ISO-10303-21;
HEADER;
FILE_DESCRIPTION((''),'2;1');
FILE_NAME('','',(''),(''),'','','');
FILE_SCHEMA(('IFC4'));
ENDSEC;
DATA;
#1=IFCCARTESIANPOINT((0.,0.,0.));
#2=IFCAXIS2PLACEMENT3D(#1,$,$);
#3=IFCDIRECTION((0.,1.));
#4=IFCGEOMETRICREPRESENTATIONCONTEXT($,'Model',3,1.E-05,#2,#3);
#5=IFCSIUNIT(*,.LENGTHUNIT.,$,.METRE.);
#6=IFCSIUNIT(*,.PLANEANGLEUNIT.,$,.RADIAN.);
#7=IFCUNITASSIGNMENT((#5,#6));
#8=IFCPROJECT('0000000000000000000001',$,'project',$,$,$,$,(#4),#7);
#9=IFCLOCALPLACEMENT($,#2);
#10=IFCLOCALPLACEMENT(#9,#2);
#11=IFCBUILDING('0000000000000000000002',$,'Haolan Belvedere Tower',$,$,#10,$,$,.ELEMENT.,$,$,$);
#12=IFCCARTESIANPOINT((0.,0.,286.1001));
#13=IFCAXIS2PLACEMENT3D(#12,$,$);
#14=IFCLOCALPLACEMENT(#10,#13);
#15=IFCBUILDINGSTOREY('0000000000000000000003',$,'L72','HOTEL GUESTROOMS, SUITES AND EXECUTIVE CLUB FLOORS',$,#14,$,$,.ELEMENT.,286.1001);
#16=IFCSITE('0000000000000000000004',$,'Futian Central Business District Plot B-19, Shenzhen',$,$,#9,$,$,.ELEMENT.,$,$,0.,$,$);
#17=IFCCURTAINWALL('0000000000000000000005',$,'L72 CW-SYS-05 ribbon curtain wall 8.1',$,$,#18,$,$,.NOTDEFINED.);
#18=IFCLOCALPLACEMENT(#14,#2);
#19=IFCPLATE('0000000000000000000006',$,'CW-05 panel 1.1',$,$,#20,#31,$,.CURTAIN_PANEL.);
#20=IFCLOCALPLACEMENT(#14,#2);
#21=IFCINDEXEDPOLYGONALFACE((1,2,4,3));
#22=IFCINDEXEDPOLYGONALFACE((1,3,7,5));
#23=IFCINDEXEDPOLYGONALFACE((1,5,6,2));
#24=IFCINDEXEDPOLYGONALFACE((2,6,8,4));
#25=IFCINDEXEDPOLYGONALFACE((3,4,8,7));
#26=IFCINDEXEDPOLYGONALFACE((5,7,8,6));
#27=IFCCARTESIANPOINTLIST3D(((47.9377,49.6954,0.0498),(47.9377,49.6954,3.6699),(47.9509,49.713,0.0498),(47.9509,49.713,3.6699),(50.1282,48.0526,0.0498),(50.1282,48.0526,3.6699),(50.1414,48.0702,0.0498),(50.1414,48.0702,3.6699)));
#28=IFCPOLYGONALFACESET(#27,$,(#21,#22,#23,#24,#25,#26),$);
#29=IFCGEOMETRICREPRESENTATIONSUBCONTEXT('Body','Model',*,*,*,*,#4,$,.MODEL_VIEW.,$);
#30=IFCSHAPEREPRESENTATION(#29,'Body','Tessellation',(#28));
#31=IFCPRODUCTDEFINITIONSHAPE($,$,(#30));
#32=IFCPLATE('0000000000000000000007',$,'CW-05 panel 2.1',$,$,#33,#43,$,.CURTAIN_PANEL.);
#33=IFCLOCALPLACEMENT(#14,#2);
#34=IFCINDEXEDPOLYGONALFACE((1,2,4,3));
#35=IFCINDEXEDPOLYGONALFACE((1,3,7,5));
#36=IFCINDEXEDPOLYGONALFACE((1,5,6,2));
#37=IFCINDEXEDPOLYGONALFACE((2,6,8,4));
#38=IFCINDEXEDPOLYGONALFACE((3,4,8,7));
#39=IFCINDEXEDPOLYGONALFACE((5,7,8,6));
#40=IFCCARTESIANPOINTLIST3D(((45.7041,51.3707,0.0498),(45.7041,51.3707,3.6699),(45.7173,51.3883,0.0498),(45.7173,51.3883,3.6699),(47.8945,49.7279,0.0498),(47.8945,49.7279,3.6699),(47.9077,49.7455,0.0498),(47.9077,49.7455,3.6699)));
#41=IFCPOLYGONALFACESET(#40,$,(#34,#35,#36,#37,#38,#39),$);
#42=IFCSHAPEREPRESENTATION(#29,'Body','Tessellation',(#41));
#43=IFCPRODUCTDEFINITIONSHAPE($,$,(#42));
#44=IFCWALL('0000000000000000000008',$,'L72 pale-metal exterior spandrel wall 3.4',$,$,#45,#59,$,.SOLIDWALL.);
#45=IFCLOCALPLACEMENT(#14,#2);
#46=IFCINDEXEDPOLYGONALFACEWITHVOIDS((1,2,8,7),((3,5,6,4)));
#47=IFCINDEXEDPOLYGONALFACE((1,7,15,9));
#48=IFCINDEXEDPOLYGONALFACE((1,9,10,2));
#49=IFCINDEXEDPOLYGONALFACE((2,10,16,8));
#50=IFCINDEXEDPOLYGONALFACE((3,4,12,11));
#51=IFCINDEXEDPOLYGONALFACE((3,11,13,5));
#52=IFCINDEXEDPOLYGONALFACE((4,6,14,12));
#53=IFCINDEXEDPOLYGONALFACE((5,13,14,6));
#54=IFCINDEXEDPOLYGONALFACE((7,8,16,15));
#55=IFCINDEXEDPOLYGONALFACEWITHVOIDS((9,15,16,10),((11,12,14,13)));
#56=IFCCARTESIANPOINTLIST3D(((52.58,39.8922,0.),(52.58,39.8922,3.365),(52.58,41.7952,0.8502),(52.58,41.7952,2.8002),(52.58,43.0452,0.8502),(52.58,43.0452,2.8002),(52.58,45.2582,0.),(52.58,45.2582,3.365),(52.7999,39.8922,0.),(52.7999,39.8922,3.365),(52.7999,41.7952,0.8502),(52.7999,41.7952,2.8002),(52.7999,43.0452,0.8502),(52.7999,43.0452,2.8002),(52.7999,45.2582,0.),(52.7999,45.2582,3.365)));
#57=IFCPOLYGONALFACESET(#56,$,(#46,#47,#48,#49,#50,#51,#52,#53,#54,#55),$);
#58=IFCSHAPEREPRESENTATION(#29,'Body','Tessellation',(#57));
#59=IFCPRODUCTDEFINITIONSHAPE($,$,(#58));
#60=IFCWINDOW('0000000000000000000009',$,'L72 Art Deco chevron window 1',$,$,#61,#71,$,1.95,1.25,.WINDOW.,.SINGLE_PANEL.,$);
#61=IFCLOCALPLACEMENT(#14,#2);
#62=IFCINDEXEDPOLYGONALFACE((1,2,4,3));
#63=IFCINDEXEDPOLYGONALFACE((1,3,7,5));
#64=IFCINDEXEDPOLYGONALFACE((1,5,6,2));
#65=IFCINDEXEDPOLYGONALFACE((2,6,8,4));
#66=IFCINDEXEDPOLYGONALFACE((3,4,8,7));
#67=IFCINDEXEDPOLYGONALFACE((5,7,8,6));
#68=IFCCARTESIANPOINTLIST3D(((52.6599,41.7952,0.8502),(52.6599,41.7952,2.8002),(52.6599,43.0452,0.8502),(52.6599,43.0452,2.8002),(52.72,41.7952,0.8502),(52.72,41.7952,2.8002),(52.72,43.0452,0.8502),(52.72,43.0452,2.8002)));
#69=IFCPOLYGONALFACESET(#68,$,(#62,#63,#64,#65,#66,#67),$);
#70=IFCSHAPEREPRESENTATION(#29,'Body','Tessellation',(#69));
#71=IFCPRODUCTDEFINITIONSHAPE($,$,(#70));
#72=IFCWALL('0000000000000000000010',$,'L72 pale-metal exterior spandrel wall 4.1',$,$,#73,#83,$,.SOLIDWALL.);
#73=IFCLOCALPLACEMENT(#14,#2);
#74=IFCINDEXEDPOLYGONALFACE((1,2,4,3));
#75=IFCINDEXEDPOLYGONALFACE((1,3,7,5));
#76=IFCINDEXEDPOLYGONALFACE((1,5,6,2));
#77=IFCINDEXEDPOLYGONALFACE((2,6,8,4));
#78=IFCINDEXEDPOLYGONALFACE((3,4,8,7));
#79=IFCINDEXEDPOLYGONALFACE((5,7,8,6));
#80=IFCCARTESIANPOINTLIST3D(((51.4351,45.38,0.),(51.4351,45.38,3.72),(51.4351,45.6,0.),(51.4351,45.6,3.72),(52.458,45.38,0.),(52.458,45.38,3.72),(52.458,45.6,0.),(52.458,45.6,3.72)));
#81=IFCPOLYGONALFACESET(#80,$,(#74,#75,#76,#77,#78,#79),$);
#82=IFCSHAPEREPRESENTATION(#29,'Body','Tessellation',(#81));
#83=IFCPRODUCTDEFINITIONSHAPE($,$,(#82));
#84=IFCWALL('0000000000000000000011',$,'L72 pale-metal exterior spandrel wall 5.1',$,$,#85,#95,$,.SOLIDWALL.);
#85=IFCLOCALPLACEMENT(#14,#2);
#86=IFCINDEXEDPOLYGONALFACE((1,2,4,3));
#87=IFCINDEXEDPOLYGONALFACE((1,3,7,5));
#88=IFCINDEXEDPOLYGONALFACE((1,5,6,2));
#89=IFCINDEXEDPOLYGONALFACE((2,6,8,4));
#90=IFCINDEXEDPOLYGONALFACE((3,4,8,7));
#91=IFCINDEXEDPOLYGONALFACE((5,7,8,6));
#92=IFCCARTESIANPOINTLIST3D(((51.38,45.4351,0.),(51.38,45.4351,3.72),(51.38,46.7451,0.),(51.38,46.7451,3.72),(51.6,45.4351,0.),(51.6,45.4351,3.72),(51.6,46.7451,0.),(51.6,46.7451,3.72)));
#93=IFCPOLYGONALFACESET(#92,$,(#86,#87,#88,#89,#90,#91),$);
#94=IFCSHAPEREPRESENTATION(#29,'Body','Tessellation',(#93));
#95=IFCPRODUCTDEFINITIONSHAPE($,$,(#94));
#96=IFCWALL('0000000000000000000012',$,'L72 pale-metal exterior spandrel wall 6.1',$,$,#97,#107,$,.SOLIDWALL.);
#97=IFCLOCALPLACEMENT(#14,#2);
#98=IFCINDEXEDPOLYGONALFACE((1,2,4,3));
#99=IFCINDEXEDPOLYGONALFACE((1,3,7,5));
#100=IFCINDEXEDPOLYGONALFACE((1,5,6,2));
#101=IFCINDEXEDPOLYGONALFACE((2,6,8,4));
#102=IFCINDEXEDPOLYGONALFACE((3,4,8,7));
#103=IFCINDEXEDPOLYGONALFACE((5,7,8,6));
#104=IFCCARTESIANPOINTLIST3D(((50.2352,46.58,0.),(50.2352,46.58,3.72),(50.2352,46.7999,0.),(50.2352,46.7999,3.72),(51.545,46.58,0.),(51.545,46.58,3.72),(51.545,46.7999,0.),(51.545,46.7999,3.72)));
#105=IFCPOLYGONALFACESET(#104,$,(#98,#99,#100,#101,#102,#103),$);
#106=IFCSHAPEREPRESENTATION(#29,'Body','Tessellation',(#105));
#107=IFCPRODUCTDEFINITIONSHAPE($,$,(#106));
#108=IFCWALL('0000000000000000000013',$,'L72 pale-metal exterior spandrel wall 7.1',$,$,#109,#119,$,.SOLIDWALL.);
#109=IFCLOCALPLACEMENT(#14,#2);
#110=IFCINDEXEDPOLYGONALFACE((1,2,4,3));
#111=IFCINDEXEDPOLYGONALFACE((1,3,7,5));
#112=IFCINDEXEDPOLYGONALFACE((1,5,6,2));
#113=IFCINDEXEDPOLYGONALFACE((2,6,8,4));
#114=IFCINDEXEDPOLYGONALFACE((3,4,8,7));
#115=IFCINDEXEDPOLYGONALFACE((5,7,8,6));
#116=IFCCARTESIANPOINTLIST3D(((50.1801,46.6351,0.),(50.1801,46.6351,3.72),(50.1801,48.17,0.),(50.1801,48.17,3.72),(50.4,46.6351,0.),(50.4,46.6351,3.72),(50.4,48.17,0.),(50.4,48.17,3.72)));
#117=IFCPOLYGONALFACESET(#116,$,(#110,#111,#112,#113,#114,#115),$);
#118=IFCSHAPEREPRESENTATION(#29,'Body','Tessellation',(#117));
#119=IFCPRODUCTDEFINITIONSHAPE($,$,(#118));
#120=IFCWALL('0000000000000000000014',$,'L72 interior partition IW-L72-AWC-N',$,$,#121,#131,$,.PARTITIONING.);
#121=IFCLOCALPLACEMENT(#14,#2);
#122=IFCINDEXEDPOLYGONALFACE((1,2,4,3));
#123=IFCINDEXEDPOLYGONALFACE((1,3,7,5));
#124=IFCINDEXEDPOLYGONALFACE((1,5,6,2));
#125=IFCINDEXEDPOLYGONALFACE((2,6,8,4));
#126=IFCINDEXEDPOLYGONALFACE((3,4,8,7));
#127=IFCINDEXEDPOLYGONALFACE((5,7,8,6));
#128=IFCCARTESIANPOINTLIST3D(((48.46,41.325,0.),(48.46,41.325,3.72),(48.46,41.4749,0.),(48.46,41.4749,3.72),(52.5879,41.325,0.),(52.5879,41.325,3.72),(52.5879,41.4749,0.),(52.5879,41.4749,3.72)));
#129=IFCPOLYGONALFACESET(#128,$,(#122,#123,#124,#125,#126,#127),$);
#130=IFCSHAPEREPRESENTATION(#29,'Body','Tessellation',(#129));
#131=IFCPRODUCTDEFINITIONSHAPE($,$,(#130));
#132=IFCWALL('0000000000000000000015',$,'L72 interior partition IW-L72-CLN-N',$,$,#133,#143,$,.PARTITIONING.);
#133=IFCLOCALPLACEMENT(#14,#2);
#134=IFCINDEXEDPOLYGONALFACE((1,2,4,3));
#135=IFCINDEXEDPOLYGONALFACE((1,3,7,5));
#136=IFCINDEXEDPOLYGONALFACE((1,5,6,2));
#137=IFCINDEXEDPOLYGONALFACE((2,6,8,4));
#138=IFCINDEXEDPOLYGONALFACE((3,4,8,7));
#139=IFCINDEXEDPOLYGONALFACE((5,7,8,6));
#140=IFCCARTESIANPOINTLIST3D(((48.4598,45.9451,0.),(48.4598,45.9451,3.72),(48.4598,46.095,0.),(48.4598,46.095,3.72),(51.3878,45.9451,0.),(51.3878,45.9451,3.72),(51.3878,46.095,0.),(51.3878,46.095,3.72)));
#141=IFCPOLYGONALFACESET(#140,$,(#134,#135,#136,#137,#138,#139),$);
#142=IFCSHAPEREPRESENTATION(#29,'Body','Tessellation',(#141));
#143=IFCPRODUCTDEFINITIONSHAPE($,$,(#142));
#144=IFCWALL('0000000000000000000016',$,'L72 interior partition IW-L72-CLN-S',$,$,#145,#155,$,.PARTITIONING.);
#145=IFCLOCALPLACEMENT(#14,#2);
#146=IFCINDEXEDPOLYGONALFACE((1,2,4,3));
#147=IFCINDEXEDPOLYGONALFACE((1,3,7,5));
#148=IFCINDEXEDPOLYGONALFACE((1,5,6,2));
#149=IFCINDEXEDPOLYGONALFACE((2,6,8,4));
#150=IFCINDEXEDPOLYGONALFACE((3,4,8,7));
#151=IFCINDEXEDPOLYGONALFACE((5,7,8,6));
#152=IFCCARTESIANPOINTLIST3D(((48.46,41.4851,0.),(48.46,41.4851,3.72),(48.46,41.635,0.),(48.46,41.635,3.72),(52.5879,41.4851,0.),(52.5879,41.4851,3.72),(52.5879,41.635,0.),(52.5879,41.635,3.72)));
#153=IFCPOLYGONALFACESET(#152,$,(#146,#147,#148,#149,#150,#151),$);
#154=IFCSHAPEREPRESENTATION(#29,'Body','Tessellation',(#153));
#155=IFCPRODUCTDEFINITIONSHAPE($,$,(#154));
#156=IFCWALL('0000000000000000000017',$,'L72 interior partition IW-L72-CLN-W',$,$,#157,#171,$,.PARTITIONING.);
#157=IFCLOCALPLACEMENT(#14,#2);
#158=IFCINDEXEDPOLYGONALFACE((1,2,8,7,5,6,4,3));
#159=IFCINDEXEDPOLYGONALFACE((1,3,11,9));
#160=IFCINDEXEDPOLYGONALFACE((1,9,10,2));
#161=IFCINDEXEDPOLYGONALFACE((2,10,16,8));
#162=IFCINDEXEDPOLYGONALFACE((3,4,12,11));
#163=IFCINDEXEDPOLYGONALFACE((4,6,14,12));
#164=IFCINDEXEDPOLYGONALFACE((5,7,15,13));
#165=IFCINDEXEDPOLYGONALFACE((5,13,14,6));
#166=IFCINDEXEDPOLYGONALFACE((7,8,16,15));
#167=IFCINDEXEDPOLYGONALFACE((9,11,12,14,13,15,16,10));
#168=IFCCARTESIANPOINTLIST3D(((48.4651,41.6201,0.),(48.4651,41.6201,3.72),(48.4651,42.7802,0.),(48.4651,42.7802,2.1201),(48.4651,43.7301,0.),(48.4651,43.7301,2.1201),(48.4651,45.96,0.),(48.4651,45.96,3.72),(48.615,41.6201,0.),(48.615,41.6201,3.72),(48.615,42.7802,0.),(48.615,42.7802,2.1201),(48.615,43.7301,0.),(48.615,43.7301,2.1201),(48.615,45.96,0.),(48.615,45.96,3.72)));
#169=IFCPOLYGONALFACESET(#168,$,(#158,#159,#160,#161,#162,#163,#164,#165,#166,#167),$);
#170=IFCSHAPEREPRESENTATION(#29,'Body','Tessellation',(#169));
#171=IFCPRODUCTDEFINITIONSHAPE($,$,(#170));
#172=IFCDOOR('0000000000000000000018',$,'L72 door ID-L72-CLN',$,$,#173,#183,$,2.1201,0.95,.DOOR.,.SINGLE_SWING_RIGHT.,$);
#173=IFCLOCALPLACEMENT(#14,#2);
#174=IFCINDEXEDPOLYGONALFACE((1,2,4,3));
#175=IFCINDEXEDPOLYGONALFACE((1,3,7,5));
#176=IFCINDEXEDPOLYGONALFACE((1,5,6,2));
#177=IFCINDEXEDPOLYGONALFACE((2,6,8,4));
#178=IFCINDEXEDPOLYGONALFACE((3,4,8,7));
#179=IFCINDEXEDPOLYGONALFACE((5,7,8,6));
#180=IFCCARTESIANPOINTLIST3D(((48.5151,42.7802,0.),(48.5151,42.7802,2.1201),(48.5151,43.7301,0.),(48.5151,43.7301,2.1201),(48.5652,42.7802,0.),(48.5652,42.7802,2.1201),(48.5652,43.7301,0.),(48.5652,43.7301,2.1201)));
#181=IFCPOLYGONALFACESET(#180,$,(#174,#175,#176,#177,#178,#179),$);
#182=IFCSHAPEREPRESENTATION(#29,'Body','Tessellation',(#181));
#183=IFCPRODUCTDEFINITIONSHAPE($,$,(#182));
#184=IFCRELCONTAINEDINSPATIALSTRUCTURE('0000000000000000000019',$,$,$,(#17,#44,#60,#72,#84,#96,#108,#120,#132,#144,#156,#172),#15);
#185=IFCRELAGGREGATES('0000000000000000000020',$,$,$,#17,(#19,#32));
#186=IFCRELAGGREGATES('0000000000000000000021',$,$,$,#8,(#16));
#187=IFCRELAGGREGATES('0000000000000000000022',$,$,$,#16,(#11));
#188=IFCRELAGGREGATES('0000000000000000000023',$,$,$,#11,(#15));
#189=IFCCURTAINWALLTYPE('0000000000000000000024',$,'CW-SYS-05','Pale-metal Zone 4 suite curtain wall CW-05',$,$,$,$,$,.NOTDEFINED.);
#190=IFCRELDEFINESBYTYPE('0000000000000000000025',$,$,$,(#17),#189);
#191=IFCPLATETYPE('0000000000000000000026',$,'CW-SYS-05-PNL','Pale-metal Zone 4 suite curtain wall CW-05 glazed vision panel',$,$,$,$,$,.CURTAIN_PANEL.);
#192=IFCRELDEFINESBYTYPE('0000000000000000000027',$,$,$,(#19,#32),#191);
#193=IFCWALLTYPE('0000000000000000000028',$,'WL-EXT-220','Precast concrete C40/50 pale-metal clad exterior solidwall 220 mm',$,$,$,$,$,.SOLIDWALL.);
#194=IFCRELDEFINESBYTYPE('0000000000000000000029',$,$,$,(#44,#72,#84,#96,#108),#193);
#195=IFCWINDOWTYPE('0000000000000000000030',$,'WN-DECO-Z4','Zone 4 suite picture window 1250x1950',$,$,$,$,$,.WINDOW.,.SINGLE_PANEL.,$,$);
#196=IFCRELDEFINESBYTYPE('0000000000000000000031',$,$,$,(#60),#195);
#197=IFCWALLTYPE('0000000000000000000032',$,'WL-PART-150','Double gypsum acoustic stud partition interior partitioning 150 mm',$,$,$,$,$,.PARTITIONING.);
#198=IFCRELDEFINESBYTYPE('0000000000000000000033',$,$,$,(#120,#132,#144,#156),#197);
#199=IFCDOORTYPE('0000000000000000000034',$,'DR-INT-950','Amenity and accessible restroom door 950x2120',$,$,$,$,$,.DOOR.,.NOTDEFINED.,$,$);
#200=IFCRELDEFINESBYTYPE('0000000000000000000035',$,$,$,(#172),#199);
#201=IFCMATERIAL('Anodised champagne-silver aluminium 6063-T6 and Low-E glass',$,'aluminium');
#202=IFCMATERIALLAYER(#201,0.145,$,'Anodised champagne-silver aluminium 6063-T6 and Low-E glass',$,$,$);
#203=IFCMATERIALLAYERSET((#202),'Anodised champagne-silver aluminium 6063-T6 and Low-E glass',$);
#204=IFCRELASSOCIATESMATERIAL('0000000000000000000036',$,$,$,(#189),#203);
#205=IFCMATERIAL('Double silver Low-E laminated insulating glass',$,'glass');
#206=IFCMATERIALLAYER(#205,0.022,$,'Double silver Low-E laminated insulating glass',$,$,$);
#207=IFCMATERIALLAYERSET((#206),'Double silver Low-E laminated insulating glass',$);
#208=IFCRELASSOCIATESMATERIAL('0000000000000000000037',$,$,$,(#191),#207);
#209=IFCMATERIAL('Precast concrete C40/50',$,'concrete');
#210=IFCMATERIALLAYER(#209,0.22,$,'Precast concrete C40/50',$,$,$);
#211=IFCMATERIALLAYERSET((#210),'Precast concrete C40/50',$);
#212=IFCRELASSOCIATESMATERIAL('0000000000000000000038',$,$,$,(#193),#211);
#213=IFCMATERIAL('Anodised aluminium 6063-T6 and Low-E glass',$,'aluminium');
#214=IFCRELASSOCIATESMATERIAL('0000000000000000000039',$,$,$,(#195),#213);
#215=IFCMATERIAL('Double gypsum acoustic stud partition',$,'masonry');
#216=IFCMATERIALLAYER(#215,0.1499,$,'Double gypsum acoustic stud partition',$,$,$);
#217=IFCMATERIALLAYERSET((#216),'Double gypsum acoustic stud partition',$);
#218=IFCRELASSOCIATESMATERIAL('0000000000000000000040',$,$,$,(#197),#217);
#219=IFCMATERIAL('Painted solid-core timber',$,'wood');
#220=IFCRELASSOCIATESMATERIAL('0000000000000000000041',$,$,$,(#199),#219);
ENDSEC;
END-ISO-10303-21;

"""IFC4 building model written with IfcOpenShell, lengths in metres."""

from ifc_helpers import new_model, si_unit, direction, frame, frame_2d, origin, origin_2d, place, context, subcontext, project, spatial, rectangle, extrude, material, layer, layer_set, type_object, element, fill, aggregate, save


model = new_model("IFC4")

# Units and contexts
model_context = context("Model", 3, precision=1e-05, world=origin(), true_north=direction((0.0, 1.0)))
body_context = subcontext(model_context, "Body", "Model", "MODEL_VIEW")
ifc_project = project(units=[si_unit("LENGTHUNIT", "METRE"), si_unit("PLANEANGLEUNIT", "RADIAN")], contexts=[model_context])

# Site, building, storey
site_placement = place(None, origin())
site = spatial("IfcSite", under=ifc_project, at=site_placement, Name="Futian Central Business District Plot B-19, Shenzhen", CompositionType="ELEMENT", RefElevation=0.0)
building_placement = place(site_placement, origin())
building = spatial("IfcBuilding", under=site, at=building_placement, Name="Haolan Belvedere Tower", CompositionType="ELEMENT")
storey_placement = place(building_placement, frame((0.0, 0.0, 286.1001)))
storey = spatial("IfcBuildingStorey", under=building, at=storey_placement, Name="L72", Description="HOTEL GUESTROOMS, SUITES AND EXECUTIVE CLUB FLOORS", CompositionType="ELEMENT", Elevation=286.1001)

# Curtain wall
ifc_material_1 = material(Name="Anodised champagne-silver aluminium 6063-T6 and Low-E glass", Category="aluminium")
ifc_layer_1 = layer(ifc_material_1, 0.145, Name="Anodised champagne-silver aluminium 6063-T6 and Low-E glass")
ifc_layer_set_1 = layer_set([ifc_layer_1], Name="Anodised champagne-silver aluminium 6063-T6 and Low-E glass")
curtain_wall_type = type_object("IfcCurtainWallType", Name="CW-SYS-05", Description="Pale-metal Zone 4 suite curtain wall CW-05", PredefinedType="NOTDEFINED", material=ifc_layer_set_1)
curtain_wall_1_placement = place(storey_placement, origin())
curtain_wall_1 = element("IfcCurtainWall", 1, at=curtain_wall_1_placement, inside=storey, type_object=curtain_wall_type, Name="L72 CW-SYS-05 ribbon curtain wall 8.1", PredefinedType="NOTDEFINED")

# Plates
ifc_material_2 = material(Name="Double silver Low-E laminated insulating glass", Category="glass")
ifc_layer_2 = layer(ifc_material_2, 0.022, Name="Double silver Low-E laminated insulating glass")
ifc_layer_set_2 = layer_set([ifc_layer_2], Name="Double silver Low-E laminated insulating glass")
plate_type = type_object("IfcPlateType", Name="CW-SYS-05-PNL", Description="Pale-metal Zone 4 suite curtain wall CW-05 glazed vision panel", PredefinedType="CURTAIN_PANEL", material=ifc_layer_set_2)
plate_1_placement = place(storey_placement, frame((49.0396, 48.8828, 0.0498), z_axis=(0.0, 0.0, 1.0), x_axis=(-0.799998, 0.600003, 0.0)))
plate_1 = element("IfcPlate", 2, at=plate_1_placement, type_object=plate_type, Name="CW-05 panel 1.1", PredefinedType="CURTAIN_PANEL", context=body_context, shape_type="SweptSolid", body=[
    extrude(rectangle(XDim=2.738, YDim=0.022, at=origin_2d()), origin(), (0.0, 0.0, 1.0), 3.6201),
])
plate_2_placement = place(storey_placement, frame((46.8059, 50.5581, 0.0498), z_axis=(0.0, 0.0, 1.0), x_axis=(-0.799998, 0.600003, 0.0)))
plate_2 = element("IfcPlate", 3, at=plate_2_placement, type_object=plate_type, Name="CW-05 panel 2.1", PredefinedType="CURTAIN_PANEL", context=body_context, shape_type="SweptSolid", body=[
    extrude(rectangle(XDim=2.738, YDim=0.022, at=origin_2d()), origin(), (0.0, 0.0, 1.0), 3.6201),
])
aggregate(curtain_wall_1, [plate_1, plate_2])

# Wall, opening, window
ifc_material_3 = material(Name="Precast concrete C40/50", Category="concrete")
ifc_layer_3 = layer(ifc_material_3, 0.22, Name="Precast concrete C40/50")
ifc_layer_set_3 = layer_set([ifc_layer_3], Name="Precast concrete C40/50")
wall_type_1 = type_object("IfcWallType", Name="WL-EXT-220", Description="Precast concrete C40/50 pale-metal clad exterior solidwall 220 mm", PredefinedType="SOLIDWALL", material=ifc_layer_set_3)
wall_1_placement = place(storey_placement, frame((52.6899, 39.8921, 0.0), z_axis=(0.0, 0.0, 1.0), x_axis=(0.0, 1.0, 0.0)))
wall_1 = element("IfcWall", 4, at=wall_1_placement, inside=storey, type_object=wall_type_1, Name="L72 pale-metal exterior spandrel wall 3.4", PredefinedType="SOLIDWALL", context=body_context, shape_type="SweptSolid", body=[
    extrude(rectangle(XDim=5.366, YDim=0.22, at=frame_2d((2.6831, 0.0))), origin(), (0.0, 0.0, 1.0), 3.365),
])
opening_1_placement = place(wall_1_placement, frame((1.9031, 0.0, 0.8501)))
opening_1 = element("IfcOpeningElement", 5, at=opening_1_placement, cuts=wall_1, PredefinedType="OPENING", context=body_context, shape_type="SweptSolid", body=[
    extrude(rectangle(XDim=1.25, YDim=1.95, at=frame_2d((0.625, 0.9751))), frame((0.0, 0.1199, 0.0), z_axis=(0.0, -1.0, 0.0), x_axis=(1.0, 0.0, 0.0)), (0.0, 0.0, 1.0), 0.24),
])
ifc_material_4 = material(Name="Anodised aluminium 6063-T6 and Low-E glass", Category="aluminium")
window_type = type_object("IfcWindowType", Name="WN-DECO-Z4", Description="Zone 4 suite picture window 1250x1950", PartitioningType="SINGLE_PANEL", PredefinedType="WINDOW", material=ifc_material_4)
window_placement = place(opening_1_placement, origin())
window = element("IfcWindow", 6, at=window_placement, inside=storey, type_object=window_type, Name="L72 Art Deco chevron window 1", OverallHeight=1.95, OverallWidth=1.25, PartitioningType="SINGLE_PANEL", PredefinedType="WINDOW", context=body_context, shape_type="SweptSolid", body=[
    extrude(rectangle(XDim=1.25, YDim=1.95, at=frame_2d((0.625, 0.9751))), frame((0.0, 0.03, 0.0), z_axis=(0.0, -1.0, 0.0), x_axis=(1.0, 0.0, 0.0)), (0.0, 0.0, 1.0), 0.0601),
])
fill(opening_1, window)

# Walls
wall_2_placement = place(storey_placement, frame((52.458, 45.49, 0.0), z_axis=(0.0, 0.0, 1.0), x_axis=(-1.0, 0.0, 0.0)))
element("IfcWall", 7, at=wall_2_placement, inside=storey, type_object=wall_type_1, Name="L72 pale-metal exterior spandrel wall 4.1", PredefinedType="SOLIDWALL", context=body_context, shape_type="SweptSolid", body=[
    extrude(rectangle(XDim=1.0229, YDim=0.22, at=frame_2d((0.5115, 0.0))), origin(), (0.0, 0.0, 1.0), 3.72),
])
wall_3_placement = place(storey_placement, frame((51.49, 45.4351, 0.0), z_axis=(0.0, 0.0, 1.0), x_axis=(0.0, 1.0, 0.0)))
element("IfcWall", 8, at=wall_3_placement, inside=storey, type_object=wall_type_1, Name="L72 pale-metal exterior spandrel wall 5.1", PredefinedType="SOLIDWALL", context=body_context, shape_type="SweptSolid", body=[
    extrude(rectangle(XDim=1.3101, YDim=0.22, at=frame_2d((0.655, 0.0))), origin(), (0.0, 0.0, 1.0), 3.72),
])
wall_4_placement = place(storey_placement, frame((51.5449, 46.6899, 0.0), z_axis=(0.0, 0.0, 1.0), x_axis=(-1.0, 0.0, 0.0)))
element("IfcWall", 9, at=wall_4_placement, inside=storey, type_object=wall_type_1, Name="L72 pale-metal exterior spandrel wall 6.1", PredefinedType="SOLIDWALL", context=body_context, shape_type="SweptSolid", body=[
    extrude(rectangle(XDim=1.3098, YDim=0.22, at=frame_2d((0.6548, 0.0))), origin(), (0.0, 0.0, 1.0), 3.72),
])
wall_5_placement = place(storey_placement, frame((50.29, 46.635, 0.0), z_axis=(0.0, 0.0, 1.0), x_axis=(0.0, 1.0, 0.0)))
element("IfcWall", 10, at=wall_5_placement, inside=storey, type_object=wall_type_1, Name="L72 pale-metal exterior spandrel wall 7.1", PredefinedType="SOLIDWALL", context=body_context, shape_type="SweptSolid", body=[
    extrude(rectangle(XDim=1.5349, YDim=0.22, at=frame_2d((0.7676, 0.0))), origin(), (0.0, 0.0, 1.0), 3.72),
])
ifc_material_5 = material(Name="Double gypsum acoustic stud partition", Category="masonry")
ifc_layer_4 = layer(ifc_material_5, 0.1499, Name="Double gypsum acoustic stud partition")
ifc_layer_set_4 = layer_set([ifc_layer_4], Name="Double gypsum acoustic stud partition")
wall_type_2 = type_object("IfcWallType", Name="WL-PART-150", Description="Double gypsum acoustic stud partition interior partitioning 150 mm", PredefinedType="PARTITIONING", material=ifc_layer_set_4)
wall_6_placement = place(storey_placement, frame((48.46, 41.3999, 0.0), z_axis=(0.0, 0.0, 1.0), x_axis=(1.0, 0.0, 0.0)))
element("IfcWall", 11, at=wall_6_placement, inside=storey, type_object=wall_type_2, Name="L72 interior partition IW-L72-AWC-N", PredefinedType="PARTITIONING", context=body_context, shape_type="SweptSolid", body=[
    extrude(rectangle(XDim=4.1279, YDim=0.1499, at=frame_2d((2.064, 0.0))), origin(), (0.0, 0.0, 1.0), 3.72),
])
wall_7_placement = place(storey_placement, frame((48.46, 46.02, 0.0), z_axis=(0.0, 0.0, 1.0), x_axis=(1.0, 0.0, 0.0)))
element("IfcWall", 12, at=wall_7_placement, inside=storey, type_object=wall_type_2, Name="L72 interior partition IW-L72-CLN-N", PredefinedType="PARTITIONING", context=body_context, shape_type="SweptSolid", body=[
    extrude(rectangle(XDim=2.928, YDim=0.1499, at=frame_2d((1.4639, 0.0))), origin(), (0.0, 0.0, 1.0), 3.72),
])
wall_8_placement = place(storey_placement, frame((48.46, 41.5601, 0.0), z_axis=(0.0, 0.0, 1.0), x_axis=(1.0, 0.0, 0.0)))
element("IfcWall", 13, at=wall_8_placement, inside=storey, type_object=wall_type_2, Name="L72 interior partition IW-L72-CLN-S", PredefinedType="PARTITIONING", context=body_context, shape_type="SweptSolid", body=[
    extrude(rectangle(XDim=4.1279, YDim=0.1499, at=frame_2d((2.064, 0.0))), origin(), (0.0, 0.0, 1.0), 3.72),
])

# Wall, opening, door
wall_9_placement = place(storey_placement, frame((48.54, 41.6201, 0.0), z_axis=(0.0, 0.0, 1.0), x_axis=(0.0, 1.0, 0.0)))
wall_9 = element("IfcWall", 14, at=wall_9_placement, inside=storey, type_object=wall_type_2, Name="L72 interior partition IW-L72-CLN-W", PredefinedType="PARTITIONING", context=body_context, shape_type="SweptSolid", body=[
    extrude(rectangle(XDim=4.3398, YDim=0.1499, at=frame_2d((2.1699, 0.0))), origin(), (0.0, 0.0, 1.0), 3.72),
])
opening_2_placement = place(wall_9_placement, frame((1.1599, 0.0, 0.0)))
opening_2 = element("IfcOpeningElement", 15, at=opening_2_placement, cuts=wall_9, PredefinedType="OPENING", context=body_context, shape_type="SweptSolid", body=[
    extrude(rectangle(XDim=0.95, YDim=2.1201, at=frame_2d((0.4751, 1.0601))), frame((0.0, 0.085, 0.0), z_axis=(0.0, -1.0, 0.0), x_axis=(1.0, 0.0, 0.0)), (0.0, 0.0, 1.0), 0.1699),
])
ifc_material_6 = material(Name="Painted solid-core timber", Category="wood")
door_type = type_object("IfcDoorType", Name="DR-INT-950", Description="Amenity and accessible restroom door 950x2120", OperationType="NOTDEFINED", PredefinedType="DOOR", material=ifc_material_6)
door_1_placement = place(opening_2_placement, origin())
door_1 = element("IfcDoor", 16, at=door_1_placement, inside=storey, type_object=door_type, Name="L72 door ID-L72-CLN", OperationType="SINGLE_SWING_RIGHT", OverallHeight=2.1201, OverallWidth=0.95, PredefinedType="DOOR", context=body_context, shape_type="SweptSolid", body=[
    extrude(rectangle(XDim=0.95, YDim=2.1201, at=frame_2d((0.4751, 1.0601))), frame((0.0, 0.0249, 0.0), z_axis=(0.0, -1.0, 0.0), x_axis=(1.0, 0.0, 0.0)), (0.0, 0.0, 1.0), 0.05),
])
fill(opening_2, door_1)

save(model, "model.ifc")
